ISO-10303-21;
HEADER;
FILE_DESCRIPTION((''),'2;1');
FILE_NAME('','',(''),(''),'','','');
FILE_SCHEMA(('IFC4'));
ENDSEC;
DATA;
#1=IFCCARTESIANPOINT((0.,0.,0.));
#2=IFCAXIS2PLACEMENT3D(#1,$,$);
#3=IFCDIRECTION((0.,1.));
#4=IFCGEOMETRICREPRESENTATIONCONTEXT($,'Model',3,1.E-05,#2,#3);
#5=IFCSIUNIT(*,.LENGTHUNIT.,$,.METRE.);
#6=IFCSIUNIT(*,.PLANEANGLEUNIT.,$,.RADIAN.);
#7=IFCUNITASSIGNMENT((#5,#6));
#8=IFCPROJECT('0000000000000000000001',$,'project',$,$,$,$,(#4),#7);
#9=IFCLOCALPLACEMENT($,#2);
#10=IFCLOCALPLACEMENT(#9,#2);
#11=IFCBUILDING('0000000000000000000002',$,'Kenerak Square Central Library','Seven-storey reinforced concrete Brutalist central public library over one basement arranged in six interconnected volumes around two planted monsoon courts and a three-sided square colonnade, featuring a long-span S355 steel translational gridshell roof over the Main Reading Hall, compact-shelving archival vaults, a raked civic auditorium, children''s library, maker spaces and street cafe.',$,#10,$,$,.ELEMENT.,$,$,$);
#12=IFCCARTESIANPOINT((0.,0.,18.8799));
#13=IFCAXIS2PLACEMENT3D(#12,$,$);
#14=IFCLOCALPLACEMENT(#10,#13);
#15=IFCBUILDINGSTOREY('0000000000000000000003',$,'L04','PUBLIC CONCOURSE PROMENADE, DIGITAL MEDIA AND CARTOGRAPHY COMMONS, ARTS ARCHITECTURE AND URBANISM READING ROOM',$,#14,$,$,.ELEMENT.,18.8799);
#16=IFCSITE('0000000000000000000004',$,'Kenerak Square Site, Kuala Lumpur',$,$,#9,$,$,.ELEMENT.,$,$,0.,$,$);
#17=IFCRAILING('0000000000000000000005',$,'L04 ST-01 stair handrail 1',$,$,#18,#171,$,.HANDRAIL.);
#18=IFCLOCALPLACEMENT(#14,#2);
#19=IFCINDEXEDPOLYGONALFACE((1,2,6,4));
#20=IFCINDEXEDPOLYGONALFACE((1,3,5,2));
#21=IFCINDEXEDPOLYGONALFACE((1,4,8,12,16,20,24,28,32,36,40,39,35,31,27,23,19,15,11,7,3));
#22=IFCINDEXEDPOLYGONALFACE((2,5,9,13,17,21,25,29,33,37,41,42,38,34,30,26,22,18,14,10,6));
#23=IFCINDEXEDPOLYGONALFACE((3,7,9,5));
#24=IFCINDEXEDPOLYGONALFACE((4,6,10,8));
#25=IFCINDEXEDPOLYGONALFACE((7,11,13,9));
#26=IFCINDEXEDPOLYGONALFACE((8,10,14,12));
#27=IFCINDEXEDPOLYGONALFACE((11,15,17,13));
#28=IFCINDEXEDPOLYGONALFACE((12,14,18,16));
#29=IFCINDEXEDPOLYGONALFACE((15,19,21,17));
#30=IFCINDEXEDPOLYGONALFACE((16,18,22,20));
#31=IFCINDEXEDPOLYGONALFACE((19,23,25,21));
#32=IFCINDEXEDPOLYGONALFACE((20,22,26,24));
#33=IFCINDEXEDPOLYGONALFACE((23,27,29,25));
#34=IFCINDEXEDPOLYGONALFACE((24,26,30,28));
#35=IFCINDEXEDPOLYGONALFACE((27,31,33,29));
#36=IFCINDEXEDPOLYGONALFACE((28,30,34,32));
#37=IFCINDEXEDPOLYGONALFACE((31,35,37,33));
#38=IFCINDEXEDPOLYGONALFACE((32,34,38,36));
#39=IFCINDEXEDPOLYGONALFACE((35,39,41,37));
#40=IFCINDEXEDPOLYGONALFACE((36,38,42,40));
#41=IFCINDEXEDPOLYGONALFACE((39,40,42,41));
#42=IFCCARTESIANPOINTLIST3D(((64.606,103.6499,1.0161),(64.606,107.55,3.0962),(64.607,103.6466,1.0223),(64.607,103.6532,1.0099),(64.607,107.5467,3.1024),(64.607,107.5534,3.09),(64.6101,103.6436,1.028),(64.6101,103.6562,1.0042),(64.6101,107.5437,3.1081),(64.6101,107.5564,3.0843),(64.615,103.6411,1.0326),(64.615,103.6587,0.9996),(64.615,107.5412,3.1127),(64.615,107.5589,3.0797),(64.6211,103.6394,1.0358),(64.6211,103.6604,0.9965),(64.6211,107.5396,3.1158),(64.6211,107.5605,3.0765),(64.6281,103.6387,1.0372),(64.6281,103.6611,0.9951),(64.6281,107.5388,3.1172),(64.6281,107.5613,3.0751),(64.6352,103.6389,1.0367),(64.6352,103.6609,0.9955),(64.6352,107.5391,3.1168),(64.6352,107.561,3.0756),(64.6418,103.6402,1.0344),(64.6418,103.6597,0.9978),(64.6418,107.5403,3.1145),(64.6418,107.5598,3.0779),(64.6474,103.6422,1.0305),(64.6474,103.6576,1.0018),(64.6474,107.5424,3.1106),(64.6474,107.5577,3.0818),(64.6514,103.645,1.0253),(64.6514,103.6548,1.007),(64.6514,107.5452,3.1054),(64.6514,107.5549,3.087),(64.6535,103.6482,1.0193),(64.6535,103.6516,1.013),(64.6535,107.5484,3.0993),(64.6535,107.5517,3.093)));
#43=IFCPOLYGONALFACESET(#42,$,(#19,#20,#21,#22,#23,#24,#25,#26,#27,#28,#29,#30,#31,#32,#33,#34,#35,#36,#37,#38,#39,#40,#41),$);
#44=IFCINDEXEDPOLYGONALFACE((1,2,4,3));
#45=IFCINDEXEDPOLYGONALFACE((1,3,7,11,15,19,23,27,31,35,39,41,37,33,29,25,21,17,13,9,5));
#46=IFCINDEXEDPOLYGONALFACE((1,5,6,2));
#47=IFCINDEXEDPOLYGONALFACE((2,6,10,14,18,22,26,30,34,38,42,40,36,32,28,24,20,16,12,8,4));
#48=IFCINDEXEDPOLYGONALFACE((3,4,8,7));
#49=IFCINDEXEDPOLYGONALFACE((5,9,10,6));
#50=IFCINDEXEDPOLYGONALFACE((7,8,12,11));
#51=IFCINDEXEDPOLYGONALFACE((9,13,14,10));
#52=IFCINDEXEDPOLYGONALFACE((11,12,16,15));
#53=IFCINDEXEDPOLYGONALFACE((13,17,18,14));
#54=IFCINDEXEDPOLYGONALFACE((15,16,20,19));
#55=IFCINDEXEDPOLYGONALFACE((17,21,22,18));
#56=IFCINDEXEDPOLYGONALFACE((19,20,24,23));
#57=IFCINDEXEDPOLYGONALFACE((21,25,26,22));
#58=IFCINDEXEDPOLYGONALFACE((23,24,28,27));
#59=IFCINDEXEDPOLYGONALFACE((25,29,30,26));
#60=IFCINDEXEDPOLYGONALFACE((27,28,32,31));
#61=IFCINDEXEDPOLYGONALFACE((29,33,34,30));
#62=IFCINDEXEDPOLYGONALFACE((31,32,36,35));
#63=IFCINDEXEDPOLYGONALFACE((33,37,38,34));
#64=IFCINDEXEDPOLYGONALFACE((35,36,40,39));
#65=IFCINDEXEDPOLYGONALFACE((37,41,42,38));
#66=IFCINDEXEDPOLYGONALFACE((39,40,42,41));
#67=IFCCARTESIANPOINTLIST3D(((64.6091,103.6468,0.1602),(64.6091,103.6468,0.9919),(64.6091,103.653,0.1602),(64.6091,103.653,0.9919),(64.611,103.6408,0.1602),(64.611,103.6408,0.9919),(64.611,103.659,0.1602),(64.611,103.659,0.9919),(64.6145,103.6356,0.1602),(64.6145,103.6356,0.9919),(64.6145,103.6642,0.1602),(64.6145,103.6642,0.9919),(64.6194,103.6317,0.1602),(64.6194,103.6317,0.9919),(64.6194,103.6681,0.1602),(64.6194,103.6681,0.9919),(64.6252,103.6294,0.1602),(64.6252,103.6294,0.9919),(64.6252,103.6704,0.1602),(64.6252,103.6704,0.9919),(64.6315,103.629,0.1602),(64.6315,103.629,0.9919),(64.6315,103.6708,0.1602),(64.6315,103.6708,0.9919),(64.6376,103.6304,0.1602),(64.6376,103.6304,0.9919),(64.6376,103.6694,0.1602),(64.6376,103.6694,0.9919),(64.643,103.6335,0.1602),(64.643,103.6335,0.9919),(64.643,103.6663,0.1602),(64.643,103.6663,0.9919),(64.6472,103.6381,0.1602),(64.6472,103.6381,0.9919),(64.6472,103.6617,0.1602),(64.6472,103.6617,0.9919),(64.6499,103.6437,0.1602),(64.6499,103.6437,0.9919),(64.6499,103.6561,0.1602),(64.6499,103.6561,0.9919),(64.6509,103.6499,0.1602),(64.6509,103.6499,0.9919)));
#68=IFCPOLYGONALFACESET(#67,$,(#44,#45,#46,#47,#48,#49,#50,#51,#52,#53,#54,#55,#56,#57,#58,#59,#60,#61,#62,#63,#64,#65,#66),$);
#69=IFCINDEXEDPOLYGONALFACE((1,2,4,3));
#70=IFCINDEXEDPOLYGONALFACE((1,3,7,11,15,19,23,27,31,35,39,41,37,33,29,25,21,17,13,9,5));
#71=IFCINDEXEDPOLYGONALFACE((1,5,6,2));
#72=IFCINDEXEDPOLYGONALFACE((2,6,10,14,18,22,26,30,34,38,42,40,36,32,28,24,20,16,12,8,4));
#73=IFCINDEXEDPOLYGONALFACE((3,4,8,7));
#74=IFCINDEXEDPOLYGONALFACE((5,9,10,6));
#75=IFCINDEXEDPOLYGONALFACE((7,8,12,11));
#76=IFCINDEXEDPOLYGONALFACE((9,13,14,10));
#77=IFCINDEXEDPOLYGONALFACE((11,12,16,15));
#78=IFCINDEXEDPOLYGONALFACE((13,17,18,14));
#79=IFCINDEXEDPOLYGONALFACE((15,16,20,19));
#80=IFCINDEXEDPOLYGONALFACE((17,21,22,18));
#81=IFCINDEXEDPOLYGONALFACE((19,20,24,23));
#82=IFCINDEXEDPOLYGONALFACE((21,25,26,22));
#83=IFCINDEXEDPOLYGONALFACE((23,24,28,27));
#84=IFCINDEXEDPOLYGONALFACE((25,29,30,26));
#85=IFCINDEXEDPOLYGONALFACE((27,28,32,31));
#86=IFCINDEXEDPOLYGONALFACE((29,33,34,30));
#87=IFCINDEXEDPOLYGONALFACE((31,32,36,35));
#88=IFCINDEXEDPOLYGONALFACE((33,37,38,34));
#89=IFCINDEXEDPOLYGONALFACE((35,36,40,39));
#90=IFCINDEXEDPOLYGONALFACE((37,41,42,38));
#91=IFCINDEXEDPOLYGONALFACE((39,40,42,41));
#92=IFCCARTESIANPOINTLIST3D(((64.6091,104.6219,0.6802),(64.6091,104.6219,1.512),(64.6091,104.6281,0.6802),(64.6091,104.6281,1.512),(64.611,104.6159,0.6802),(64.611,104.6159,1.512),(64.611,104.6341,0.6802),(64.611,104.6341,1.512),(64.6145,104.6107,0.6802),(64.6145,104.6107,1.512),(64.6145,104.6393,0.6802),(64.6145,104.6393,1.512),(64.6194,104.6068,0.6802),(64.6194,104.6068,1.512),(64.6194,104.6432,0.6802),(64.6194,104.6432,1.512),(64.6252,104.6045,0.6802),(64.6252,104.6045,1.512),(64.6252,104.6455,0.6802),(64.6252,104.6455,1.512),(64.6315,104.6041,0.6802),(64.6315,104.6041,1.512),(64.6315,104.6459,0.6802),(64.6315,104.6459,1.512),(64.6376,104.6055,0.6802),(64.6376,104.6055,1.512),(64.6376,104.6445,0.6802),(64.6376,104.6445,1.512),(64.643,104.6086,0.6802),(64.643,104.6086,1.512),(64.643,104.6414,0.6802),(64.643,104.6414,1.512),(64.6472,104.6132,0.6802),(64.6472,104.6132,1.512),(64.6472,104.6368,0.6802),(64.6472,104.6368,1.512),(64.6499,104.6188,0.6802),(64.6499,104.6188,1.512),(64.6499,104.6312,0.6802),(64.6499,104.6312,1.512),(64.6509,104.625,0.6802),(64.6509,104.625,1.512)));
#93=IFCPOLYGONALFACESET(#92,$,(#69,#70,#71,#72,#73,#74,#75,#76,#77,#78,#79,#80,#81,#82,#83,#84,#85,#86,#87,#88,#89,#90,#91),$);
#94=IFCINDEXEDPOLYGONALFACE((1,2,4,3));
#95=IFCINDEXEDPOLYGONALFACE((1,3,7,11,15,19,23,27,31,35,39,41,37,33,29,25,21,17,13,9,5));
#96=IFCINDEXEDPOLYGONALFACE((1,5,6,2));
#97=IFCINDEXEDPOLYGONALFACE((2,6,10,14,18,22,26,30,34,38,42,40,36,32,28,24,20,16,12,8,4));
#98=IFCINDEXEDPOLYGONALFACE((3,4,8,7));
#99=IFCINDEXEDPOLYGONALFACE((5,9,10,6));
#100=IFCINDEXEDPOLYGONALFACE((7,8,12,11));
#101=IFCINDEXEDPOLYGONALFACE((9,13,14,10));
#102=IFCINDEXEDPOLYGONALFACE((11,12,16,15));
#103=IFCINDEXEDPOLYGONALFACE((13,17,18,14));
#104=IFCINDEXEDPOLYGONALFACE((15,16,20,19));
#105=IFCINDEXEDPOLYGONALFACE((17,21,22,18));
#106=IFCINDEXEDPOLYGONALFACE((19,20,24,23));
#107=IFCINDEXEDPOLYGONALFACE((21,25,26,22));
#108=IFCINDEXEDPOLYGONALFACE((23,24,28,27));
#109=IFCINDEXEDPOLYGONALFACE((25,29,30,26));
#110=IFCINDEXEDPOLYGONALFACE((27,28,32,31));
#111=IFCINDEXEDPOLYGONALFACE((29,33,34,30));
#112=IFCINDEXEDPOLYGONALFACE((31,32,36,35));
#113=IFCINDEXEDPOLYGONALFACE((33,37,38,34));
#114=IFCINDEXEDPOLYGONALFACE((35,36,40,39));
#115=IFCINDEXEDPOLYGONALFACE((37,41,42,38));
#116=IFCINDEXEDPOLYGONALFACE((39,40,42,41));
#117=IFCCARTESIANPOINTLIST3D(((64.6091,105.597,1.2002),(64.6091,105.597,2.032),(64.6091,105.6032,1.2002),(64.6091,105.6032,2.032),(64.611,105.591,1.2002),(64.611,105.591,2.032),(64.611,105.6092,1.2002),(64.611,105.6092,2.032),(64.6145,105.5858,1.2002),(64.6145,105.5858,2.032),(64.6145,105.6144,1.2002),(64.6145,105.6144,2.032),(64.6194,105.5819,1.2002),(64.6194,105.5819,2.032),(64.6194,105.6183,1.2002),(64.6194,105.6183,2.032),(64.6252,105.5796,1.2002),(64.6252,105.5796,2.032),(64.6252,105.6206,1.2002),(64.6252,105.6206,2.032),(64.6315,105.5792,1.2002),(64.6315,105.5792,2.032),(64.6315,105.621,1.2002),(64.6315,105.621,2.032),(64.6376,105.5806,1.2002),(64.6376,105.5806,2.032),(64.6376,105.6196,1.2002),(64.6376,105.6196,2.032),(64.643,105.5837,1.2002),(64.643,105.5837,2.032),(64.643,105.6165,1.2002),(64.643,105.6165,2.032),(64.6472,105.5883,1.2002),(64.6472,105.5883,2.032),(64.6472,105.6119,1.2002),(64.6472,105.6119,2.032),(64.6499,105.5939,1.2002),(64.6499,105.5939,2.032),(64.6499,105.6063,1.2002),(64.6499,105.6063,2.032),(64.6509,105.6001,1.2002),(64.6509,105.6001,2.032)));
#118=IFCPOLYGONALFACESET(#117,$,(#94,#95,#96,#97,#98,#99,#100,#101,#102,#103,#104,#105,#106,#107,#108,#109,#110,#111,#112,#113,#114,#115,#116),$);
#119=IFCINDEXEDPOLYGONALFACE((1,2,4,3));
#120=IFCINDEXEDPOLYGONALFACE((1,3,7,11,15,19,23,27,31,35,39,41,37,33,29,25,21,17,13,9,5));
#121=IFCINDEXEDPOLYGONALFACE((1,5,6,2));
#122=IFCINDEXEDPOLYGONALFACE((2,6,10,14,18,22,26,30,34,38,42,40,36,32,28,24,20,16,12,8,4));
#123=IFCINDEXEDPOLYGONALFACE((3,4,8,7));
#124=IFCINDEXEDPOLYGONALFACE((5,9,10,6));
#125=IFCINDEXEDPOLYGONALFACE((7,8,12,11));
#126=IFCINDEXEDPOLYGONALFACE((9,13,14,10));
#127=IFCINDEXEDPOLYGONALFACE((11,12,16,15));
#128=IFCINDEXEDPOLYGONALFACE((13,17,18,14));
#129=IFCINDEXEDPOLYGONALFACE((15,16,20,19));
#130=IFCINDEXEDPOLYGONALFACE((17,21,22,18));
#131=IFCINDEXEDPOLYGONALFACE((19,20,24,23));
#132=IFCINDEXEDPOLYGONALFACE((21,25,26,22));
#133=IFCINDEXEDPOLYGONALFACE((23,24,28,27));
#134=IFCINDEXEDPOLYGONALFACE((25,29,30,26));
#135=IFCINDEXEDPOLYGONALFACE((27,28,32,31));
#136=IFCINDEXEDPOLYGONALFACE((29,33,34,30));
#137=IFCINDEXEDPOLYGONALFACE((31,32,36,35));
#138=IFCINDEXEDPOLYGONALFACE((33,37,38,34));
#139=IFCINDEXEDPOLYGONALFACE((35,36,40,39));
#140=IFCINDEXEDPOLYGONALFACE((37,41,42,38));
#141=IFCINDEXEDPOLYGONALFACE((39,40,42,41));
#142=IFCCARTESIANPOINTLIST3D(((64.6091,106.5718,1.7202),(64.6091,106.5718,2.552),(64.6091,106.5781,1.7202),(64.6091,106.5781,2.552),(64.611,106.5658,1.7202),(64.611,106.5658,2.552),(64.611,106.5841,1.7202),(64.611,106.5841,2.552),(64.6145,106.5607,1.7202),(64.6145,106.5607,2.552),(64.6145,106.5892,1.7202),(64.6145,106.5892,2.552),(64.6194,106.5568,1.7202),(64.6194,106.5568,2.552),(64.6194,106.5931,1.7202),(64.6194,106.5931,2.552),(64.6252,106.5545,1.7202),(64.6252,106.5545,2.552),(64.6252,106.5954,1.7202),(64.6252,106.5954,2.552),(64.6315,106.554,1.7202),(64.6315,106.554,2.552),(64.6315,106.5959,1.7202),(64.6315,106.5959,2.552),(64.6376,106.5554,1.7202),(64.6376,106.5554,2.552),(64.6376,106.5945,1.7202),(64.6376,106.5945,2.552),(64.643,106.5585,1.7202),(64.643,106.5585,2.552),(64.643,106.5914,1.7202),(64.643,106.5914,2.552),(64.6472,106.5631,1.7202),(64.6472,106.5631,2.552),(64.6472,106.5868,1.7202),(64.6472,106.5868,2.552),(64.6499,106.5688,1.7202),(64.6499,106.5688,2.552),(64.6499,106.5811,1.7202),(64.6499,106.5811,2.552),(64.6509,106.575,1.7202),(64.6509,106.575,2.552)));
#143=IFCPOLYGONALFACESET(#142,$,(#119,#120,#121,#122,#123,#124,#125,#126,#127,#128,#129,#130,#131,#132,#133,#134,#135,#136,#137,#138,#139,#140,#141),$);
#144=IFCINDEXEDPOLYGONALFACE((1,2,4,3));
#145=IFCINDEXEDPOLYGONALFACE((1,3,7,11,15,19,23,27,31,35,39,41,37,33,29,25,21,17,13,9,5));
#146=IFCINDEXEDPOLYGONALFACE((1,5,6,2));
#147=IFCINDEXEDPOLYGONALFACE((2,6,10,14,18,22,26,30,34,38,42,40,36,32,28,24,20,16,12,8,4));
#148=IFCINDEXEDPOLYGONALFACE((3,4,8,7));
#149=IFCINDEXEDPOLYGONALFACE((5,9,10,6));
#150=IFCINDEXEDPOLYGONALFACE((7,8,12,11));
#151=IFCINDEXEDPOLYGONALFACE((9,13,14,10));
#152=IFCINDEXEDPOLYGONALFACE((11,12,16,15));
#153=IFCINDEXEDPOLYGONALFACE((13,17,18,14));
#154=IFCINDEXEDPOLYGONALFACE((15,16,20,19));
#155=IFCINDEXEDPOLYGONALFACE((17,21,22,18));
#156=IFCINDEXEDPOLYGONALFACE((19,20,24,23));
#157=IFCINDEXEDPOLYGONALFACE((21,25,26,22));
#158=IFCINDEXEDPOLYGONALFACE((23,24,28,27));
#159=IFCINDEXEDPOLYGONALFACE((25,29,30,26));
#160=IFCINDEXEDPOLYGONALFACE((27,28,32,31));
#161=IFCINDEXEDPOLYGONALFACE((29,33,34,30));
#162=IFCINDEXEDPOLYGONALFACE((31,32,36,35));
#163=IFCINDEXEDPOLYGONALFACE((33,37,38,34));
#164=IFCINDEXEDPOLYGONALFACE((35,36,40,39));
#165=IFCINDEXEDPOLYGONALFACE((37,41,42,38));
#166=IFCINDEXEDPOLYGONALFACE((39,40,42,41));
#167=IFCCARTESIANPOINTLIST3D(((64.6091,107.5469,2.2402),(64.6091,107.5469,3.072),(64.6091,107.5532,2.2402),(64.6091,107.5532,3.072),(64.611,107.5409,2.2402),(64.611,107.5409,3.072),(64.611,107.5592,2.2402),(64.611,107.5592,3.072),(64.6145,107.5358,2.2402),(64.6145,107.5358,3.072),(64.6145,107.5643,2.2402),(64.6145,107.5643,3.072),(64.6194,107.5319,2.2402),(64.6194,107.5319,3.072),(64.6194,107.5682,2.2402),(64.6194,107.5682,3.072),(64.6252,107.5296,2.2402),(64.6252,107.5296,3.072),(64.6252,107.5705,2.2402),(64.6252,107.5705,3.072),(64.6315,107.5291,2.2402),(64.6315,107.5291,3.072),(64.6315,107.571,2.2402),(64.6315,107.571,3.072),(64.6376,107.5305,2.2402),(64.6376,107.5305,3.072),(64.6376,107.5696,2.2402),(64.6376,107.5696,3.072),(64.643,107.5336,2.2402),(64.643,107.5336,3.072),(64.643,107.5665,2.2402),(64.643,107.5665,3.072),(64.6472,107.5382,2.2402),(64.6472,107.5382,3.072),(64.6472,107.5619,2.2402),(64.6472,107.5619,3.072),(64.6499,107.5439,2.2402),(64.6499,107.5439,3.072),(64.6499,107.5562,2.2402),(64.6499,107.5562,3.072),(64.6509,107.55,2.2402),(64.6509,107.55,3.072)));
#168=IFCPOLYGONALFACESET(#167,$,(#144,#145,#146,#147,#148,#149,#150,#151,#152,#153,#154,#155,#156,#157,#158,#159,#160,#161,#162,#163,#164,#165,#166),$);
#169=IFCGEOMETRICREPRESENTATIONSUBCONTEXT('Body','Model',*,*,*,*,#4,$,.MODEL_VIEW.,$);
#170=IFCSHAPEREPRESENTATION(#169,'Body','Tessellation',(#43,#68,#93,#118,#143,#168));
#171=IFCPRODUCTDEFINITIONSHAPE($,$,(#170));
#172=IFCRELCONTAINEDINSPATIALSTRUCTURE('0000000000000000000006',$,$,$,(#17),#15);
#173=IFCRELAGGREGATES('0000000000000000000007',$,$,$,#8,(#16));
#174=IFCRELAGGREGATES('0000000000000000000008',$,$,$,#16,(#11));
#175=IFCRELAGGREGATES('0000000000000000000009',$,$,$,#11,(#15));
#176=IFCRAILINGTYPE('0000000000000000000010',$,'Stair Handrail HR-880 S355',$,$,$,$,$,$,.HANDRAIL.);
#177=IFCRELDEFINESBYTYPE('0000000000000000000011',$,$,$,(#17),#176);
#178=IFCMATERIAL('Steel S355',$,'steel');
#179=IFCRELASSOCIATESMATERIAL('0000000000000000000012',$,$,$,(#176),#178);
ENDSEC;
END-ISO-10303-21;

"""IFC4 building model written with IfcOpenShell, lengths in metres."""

from ifc_helpers import new_model, si_unit, direction, frame, origin, origin_2d, place, context, subcontext, project, spatial, circle, extrude, material, type_object, element, save


model = new_model("IFC4")

# Units and contexts
model_context = context("Model", 3, precision=1e-05, world=origin(), true_north=direction((0.0, 1.0)))
body_context = subcontext(model_context, "Body", "Model", "MODEL_VIEW")
ifc_project = project(units=[si_unit("LENGTHUNIT", "METRE"), si_unit("PLANEANGLEUNIT", "RADIAN")], contexts=[model_context])

# Site, building, storey
site_placement = place(None, origin())
site = spatial("IfcSite", under=ifc_project, at=site_placement, Name="Kenerak Square Site, Kuala Lumpur", CompositionType="ELEMENT", RefElevation=0.0)
building_placement = place(site_placement, origin())
building = spatial("IfcBuilding", under=site, at=building_placement, Name="Kenerak Square Central Library", Description="Seven-storey reinforced concrete Brutalist central public library over one basement arranged in six interconnected volumes around two planted monsoon courts and a three-sided square colonnade, featuring a long-span S355 steel translational gridshell roof over the Main Reading Hall, compact-shelving archival vaults, a raked civic auditorium, children's library, maker spaces and street cafe.", CompositionType="ELEMENT")
storey_placement = place(building_placement, frame((0.0, 0.0, 18.8799)))
storey = spatial("IfcBuildingStorey", under=building, at=storey_placement, Name="L04", Description="PUBLIC CONCOURSE PROMENADE, DIGITAL MEDIA AND CARTOGRAPHY COMMONS, ARTS ARCHITECTURE AND URBANISM READING ROOM", CompositionType="ELEMENT", Elevation=18.8799)

# Railing
ifc_material_1 = material(Name="Steel S355", Category="steel")
railing_type_1 = type_object("IfcRailingType", Name="Stair Handrail HR-880 S355", PredefinedType="HANDRAIL", material=ifc_material_1)
railing_1_placement = place(storey_placement, frame((64.6299, 103.6499, 0.1602)))
element("IfcRailing", 1, at=railing_1_placement, inside=storey, type_object=railing_type_1, Name="L04 ST-01 stair handrail 1", PredefinedType="HANDRAIL", context=body_context, shape_type="SweptSolid", body=[
    extrude(circle(Radius=0.0239, at=origin_2d()), frame((0.0, 0.0, 0.856), z_axis=(0.0, 0.882353, 0.470588), x_axis=(-1.0, 0.0, 0.0)), (0.0, 0.0, 1.0), 4.4202),
    extrude(circle(Radius=0.021, at=origin_2d()), origin(), (0.0, 0.0, 1.0), 0.8318),
    extrude(circle(Radius=0.021, at=origin_2d()), frame((0.0, 0.9751, 0.52)), (0.0, 0.0, 1.0), 0.8318),
    extrude(circle(Radius=0.021, at=origin_2d()), frame((0.0, 1.9502, 1.04)), (0.0, 0.0, 1.0), 0.8318),
    extrude(circle(Radius=0.021, at=origin_2d()), frame((0.0, 2.925, 1.5601)), (0.0, 0.0, 1.0), 0.8318),
    extrude(circle(Radius=0.021, at=origin_2d()), frame((0.0, 3.9001, 2.0801)), (0.0, 0.0, 1.0), 0.8318),
])

save(model, "model.ifc")
